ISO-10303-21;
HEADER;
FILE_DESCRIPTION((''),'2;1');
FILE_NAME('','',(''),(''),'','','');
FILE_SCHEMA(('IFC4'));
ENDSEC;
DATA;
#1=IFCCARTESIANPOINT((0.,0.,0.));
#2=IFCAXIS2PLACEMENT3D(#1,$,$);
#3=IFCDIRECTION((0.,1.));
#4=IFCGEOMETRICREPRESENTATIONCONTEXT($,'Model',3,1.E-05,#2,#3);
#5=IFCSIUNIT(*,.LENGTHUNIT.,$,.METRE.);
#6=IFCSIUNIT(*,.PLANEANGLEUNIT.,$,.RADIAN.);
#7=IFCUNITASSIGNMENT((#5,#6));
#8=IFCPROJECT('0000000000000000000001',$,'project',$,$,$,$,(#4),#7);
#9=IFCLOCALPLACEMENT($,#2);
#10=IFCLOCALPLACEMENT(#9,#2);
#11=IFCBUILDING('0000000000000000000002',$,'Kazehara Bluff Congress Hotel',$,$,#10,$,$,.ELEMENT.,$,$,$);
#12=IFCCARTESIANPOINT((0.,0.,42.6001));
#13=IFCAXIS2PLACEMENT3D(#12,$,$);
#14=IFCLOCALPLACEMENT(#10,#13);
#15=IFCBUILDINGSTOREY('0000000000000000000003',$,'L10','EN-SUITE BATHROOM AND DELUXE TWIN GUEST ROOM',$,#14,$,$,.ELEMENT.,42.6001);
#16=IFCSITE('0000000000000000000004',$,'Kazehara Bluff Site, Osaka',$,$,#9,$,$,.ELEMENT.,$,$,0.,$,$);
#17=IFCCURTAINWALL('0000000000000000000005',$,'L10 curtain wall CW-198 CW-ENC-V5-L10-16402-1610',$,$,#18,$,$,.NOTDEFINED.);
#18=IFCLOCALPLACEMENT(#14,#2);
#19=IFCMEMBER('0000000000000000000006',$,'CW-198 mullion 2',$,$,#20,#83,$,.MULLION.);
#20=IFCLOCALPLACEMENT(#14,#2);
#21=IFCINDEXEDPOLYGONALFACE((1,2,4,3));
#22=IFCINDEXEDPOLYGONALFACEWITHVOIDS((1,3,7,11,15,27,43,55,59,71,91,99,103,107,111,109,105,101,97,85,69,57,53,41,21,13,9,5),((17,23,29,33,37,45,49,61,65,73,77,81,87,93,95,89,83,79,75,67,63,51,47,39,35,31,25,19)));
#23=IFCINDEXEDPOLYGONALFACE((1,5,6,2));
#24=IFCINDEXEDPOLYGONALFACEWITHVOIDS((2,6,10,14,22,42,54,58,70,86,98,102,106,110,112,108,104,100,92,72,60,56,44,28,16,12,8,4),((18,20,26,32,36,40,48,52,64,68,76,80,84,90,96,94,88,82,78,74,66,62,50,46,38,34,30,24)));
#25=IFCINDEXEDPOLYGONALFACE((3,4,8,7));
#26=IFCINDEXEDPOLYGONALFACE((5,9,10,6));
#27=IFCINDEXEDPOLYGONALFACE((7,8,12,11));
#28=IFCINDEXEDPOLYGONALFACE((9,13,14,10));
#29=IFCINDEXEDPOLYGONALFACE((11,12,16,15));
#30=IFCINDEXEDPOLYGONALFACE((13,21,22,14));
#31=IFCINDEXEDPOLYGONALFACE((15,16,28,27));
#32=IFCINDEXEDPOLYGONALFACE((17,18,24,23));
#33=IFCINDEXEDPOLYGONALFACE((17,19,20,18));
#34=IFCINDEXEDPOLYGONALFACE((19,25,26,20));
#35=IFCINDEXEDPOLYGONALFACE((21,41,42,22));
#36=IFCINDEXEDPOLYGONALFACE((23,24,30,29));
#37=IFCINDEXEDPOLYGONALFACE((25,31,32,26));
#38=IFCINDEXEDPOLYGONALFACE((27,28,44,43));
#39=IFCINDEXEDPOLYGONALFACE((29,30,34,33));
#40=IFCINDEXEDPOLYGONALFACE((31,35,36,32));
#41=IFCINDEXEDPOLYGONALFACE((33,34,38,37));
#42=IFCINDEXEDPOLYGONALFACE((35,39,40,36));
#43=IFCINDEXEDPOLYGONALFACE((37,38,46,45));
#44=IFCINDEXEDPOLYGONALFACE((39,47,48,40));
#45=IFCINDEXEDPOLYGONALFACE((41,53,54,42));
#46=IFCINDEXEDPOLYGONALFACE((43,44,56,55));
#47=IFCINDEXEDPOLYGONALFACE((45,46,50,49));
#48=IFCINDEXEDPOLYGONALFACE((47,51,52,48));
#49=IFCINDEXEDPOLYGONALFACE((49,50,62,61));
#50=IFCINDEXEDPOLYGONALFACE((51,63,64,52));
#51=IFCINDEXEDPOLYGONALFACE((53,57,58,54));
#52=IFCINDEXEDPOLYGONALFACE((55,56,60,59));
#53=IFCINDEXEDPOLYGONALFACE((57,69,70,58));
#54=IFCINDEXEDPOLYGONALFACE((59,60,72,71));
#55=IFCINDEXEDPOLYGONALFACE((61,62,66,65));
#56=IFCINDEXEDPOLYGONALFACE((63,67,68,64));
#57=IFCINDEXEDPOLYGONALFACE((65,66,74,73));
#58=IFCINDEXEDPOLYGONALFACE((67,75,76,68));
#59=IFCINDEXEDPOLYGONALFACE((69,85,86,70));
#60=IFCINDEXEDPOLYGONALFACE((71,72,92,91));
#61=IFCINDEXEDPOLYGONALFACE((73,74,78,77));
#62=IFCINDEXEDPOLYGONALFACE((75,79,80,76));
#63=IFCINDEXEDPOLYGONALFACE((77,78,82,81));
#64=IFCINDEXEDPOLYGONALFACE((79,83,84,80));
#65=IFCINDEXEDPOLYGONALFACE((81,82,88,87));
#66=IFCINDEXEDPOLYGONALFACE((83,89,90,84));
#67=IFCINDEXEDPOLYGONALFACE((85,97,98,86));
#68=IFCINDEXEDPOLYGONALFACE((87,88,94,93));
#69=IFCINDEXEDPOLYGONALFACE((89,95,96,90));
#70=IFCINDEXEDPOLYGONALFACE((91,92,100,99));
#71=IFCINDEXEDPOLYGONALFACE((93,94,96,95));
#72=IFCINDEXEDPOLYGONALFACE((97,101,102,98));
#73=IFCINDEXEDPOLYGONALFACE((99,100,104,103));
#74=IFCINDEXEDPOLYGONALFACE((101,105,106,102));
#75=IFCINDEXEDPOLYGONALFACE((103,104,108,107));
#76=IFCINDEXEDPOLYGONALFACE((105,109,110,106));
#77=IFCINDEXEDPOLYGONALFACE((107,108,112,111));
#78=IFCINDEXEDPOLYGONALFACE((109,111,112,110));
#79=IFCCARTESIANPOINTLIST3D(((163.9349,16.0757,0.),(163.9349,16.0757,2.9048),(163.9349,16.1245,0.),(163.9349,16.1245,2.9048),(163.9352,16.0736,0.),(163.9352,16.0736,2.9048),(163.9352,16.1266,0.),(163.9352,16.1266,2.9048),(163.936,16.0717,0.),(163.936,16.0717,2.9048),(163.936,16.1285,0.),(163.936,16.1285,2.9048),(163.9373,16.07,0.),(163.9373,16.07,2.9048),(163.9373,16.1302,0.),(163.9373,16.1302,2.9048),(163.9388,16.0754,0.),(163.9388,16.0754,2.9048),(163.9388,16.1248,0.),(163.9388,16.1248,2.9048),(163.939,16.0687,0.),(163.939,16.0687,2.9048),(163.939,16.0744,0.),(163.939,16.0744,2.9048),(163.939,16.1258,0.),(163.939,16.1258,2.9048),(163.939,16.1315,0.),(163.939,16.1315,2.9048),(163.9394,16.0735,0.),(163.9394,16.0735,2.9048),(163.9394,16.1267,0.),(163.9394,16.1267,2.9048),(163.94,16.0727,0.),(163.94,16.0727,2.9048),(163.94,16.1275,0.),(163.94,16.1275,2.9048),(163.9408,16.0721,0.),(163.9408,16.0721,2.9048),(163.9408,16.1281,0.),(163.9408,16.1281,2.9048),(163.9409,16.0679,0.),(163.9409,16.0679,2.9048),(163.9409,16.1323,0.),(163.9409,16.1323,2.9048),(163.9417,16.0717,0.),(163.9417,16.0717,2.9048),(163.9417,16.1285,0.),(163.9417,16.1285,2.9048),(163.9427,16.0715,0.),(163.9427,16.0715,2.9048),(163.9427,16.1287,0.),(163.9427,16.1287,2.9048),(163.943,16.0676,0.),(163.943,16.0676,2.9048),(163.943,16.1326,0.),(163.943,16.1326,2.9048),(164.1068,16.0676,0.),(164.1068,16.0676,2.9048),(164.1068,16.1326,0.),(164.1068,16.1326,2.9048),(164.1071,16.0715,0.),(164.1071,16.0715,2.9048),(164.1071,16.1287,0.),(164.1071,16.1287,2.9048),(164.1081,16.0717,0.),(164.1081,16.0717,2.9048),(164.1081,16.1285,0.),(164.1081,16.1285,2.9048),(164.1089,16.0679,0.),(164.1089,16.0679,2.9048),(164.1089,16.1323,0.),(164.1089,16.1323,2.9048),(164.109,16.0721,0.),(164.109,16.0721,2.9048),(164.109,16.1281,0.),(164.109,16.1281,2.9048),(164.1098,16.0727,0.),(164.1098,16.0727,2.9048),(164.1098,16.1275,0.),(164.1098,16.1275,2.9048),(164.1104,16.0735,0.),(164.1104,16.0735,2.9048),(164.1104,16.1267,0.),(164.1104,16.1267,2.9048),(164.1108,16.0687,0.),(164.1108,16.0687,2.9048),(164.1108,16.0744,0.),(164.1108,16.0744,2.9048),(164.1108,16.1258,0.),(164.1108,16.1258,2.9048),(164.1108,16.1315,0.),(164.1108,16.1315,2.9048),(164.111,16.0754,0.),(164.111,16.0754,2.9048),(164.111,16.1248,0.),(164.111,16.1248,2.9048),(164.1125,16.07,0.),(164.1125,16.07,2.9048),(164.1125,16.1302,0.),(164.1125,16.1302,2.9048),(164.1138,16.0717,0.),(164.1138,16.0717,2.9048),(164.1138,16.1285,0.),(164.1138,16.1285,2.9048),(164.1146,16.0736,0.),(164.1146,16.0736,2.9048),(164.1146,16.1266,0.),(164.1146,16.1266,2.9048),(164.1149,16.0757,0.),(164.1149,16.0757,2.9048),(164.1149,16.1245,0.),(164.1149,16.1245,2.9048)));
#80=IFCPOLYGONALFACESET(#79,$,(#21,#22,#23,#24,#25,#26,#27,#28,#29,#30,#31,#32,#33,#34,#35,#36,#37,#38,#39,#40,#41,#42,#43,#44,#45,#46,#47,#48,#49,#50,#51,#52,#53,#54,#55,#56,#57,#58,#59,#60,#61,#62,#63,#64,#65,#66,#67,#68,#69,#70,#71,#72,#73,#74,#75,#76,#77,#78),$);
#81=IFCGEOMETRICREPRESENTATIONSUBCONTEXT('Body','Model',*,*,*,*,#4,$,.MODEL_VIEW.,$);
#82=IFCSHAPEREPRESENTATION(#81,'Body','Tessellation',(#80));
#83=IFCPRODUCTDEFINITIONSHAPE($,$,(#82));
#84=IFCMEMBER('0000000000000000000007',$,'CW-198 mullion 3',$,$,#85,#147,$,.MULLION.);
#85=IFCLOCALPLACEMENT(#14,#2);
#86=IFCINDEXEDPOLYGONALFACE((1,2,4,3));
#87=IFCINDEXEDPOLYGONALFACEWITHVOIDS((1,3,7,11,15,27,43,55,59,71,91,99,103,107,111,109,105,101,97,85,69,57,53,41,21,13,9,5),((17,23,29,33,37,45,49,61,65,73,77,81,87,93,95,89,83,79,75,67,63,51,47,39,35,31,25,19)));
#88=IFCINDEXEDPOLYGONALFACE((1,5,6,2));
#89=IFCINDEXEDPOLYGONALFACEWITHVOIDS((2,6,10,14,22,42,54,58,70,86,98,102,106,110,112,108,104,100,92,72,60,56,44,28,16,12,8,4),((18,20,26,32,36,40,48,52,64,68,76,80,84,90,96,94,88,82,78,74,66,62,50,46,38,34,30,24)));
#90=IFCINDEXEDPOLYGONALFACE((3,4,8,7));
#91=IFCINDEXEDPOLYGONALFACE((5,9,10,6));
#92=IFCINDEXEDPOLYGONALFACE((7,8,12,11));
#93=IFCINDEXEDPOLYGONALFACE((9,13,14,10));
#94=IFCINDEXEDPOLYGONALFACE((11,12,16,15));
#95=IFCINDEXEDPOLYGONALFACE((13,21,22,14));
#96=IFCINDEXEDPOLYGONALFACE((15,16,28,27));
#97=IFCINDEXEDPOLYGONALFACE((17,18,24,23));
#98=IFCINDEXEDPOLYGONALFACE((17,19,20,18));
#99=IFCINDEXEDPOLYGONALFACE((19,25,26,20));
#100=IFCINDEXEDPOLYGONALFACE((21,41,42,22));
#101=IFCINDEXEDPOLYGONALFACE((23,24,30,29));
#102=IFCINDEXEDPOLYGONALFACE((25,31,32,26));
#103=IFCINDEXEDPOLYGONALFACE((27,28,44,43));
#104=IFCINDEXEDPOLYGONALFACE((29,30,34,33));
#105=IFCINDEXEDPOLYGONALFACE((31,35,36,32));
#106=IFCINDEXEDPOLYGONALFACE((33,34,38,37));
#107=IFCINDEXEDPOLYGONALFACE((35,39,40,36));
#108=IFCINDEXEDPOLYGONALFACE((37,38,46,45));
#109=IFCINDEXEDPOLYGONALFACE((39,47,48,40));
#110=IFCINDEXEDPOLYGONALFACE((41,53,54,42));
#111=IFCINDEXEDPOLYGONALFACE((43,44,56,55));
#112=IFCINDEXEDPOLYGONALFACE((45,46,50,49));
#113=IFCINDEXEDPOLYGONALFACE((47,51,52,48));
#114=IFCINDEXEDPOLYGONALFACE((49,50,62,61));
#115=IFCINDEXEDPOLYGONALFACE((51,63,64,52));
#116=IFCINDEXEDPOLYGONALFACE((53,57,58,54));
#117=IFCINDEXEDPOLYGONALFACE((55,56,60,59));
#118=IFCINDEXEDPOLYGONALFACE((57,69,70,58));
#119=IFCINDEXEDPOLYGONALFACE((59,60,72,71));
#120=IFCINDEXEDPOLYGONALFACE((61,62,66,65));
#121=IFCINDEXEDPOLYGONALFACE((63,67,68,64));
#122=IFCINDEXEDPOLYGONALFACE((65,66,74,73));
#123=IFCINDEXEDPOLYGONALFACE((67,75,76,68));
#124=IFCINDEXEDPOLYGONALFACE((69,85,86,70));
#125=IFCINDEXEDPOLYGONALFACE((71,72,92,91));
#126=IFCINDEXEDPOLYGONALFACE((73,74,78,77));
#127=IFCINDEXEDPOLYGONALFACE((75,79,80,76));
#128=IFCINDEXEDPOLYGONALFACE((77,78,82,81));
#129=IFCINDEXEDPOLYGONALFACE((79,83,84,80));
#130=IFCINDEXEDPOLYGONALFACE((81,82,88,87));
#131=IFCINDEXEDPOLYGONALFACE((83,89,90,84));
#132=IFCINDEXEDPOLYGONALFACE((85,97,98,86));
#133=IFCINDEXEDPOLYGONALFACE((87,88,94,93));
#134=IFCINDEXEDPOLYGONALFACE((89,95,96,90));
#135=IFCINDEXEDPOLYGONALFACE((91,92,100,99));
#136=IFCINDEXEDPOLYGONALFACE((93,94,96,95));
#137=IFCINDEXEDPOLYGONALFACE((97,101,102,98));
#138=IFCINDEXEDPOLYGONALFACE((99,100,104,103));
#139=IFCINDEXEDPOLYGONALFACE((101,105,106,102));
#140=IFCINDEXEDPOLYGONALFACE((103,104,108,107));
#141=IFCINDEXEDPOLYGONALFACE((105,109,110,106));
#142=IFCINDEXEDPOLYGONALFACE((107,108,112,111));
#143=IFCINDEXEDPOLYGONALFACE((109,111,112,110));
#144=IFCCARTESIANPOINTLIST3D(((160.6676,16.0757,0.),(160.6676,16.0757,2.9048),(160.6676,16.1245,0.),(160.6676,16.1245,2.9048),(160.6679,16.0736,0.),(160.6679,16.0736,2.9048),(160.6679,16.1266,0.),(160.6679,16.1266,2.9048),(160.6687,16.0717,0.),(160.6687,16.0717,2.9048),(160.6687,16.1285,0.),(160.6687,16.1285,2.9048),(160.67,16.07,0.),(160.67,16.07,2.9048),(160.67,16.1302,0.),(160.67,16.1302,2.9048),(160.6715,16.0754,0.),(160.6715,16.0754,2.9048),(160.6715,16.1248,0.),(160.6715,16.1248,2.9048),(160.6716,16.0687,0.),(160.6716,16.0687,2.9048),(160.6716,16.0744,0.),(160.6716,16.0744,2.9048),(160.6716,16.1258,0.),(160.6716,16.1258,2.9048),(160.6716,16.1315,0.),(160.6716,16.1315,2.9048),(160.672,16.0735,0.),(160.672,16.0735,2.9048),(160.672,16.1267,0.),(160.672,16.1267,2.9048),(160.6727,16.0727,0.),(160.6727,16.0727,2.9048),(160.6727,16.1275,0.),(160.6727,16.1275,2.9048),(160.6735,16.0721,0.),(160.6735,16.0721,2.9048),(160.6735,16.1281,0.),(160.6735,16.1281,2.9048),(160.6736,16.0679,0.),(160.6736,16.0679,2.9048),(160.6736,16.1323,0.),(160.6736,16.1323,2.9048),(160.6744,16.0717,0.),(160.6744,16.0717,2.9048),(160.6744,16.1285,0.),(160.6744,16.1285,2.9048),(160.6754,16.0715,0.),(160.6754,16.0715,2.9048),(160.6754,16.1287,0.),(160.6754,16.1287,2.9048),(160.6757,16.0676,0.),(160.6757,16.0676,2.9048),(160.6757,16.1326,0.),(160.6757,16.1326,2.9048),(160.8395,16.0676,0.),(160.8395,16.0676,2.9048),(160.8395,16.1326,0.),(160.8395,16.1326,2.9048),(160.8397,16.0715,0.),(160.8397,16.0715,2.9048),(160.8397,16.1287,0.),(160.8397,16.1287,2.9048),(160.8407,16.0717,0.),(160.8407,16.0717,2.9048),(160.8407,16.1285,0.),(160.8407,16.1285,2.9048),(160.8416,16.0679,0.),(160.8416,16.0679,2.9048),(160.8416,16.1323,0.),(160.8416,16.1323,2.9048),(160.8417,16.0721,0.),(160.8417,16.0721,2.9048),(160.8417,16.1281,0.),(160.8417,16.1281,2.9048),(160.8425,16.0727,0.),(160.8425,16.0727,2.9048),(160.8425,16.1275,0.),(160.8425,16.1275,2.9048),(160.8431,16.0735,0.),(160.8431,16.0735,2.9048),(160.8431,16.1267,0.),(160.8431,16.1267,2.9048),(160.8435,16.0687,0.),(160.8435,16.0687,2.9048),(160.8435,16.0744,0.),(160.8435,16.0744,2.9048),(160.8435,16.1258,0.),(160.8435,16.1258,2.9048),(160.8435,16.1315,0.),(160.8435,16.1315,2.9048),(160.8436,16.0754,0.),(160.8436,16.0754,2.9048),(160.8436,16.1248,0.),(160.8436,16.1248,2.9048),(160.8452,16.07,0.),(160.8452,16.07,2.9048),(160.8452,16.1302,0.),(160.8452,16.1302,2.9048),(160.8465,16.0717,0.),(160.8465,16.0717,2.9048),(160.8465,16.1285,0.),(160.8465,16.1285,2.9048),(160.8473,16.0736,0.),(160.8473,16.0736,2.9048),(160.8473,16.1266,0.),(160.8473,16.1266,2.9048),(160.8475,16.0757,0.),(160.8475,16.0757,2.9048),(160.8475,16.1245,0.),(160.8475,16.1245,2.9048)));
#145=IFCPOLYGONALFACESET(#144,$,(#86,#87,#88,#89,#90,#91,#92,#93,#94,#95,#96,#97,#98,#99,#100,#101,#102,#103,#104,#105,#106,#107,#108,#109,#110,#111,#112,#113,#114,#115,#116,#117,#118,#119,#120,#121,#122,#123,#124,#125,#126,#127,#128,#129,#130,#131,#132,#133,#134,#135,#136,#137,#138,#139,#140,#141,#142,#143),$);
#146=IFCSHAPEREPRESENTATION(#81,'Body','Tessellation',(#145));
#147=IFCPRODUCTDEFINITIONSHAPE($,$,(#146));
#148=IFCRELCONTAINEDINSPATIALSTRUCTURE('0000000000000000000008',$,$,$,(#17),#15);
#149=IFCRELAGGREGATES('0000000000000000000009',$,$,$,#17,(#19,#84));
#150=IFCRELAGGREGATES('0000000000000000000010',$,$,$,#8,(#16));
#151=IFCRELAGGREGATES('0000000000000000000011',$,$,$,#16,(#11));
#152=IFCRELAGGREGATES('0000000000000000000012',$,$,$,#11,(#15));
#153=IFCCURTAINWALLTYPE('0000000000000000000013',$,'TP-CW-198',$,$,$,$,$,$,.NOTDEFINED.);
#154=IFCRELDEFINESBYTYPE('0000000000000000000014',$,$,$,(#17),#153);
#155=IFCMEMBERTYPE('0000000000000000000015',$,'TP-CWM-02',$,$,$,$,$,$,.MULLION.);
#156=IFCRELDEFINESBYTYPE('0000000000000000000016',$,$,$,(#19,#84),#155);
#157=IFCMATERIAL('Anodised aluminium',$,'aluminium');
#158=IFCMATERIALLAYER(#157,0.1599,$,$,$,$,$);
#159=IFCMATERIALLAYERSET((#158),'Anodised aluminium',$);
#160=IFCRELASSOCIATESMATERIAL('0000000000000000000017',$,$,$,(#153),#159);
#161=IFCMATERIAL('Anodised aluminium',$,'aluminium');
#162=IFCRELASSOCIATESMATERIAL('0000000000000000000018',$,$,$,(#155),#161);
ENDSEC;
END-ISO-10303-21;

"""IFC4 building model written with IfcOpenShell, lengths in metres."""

from ifc_helpers import new_model, si_unit, direction, frame, origin, origin_2d, place, context, subcontext, project, spatial, hollow_rectangle, extrude, material, layer, layer_set, material_profile, profile_set, type_object, element, aggregate, save


model = new_model("IFC4")

# Units and contexts
model_context = context("Model", 3, precision=1e-05, world=origin(), true_north=direction((0.0, 1.0)))
body_context = subcontext(model_context, "Body", "Model", "MODEL_VIEW")
ifc_project = project(units=[si_unit("LENGTHUNIT", "METRE"), si_unit("PLANEANGLEUNIT", "RADIAN")], contexts=[model_context])

# Site, building, storey
site_placement = place(None, origin())
site = spatial("IfcSite", under=ifc_project, at=site_placement, Name="Kazehara Bluff Site, Osaka", CompositionType="ELEMENT", RefElevation=0.0)
building_placement = place(site_placement, origin())
building = spatial("IfcBuilding", under=site, at=building_placement, Name="Kazehara Bluff Congress Hotel", CompositionType="ELEMENT")
storey_placement = place(building_placement, frame((0.0, 0.0, 42.6001)))
storey = spatial("IfcBuildingStorey", under=building, at=storey_placement, Name="L10", Description="EN-SUITE BATHROOM AND DELUXE TWIN GUEST ROOM", CompositionType="ELEMENT", Elevation=42.6001)

# Curtain wall, members
ifc_material_1 = material(Name="Anodised aluminium", Category="aluminium")
ifc_layer_1 = layer(ifc_material_1, 0.1599)
ifc_layer_set_1 = layer_set([ifc_layer_1], Name="Anodised aluminium")
curtain_wall_type_1 = type_object("IfcCurtainWallType", Name="TP-CW-198", PredefinedType="NOTDEFINED", material=ifc_layer_set_1)
curtain_wall_1_placement = place(storey_placement, origin())
curtain_wall_1 = element("IfcCurtainWall", 1, at=curtain_wall_1_placement, inside=storey, type_object=curtain_wall_type_1, Name="L10 curtain wall CW-198 CW-ENC-V5-L10-16402-1610", PredefinedType="NOTDEFINED")
ifc_material_2 = material(Name="Anodised aluminium", Category="aluminium")
ifc_material_profile_1 = material_profile(ifc_material_2, hollow_rectangle(XDim=0.0649, YDim=0.1799, WallThickness=0.0039, InnerFilletRadius=0.0039, OuterFilletRadius=0.0081, at=origin_2d()))
ifc_profile_set_1 = profile_set([ifc_material_profile_1], Name="Anodised aluminium")
member_type_1 = type_object("IfcMemberType", Name="TP-CWM-02", PredefinedType="MULLION", material=ifc_profile_set_1)
member_1_placement = place(storey_placement, frame((164.0249, 16.1001, 0.0), z_axis=(0.0, 0.0, 1.0), x_axis=(0.0, -1.0, 0.0)))
member_1 = element("IfcMember", 2, at=member_1_placement, type_object=member_type_1, Name="CW-198 mullion 2", PredefinedType="MULLION", context=body_context, shape_type="SweptSolid", body=[
    extrude(hollow_rectangle(XDim=0.0649, YDim=0.1799, WallThickness=0.0039, InnerFilletRadius=0.0039, OuterFilletRadius=0.0081, at=origin_2d()), origin(), (0.0, 0.0, 1.0), 2.9048),
])
member_2_placement = place(storey_placement, frame((160.7576, 16.1001, 0.0), z_axis=(0.0, 0.0, 1.0), x_axis=(0.0, -1.0, 0.0)))
member_2 = element("IfcMember", 3, at=member_2_placement, type_object=member_type_1, Name="CW-198 mullion 3", PredefinedType="MULLION", context=body_context, shape_type="SweptSolid", body=[
    extrude(hollow_rectangle(XDim=0.0649, YDim=0.1799, WallThickness=0.0039, InnerFilletRadius=0.0039, OuterFilletRadius=0.0081, at=origin_2d()), origin(), (0.0, 0.0, 1.0), 2.9048),
])

aggregate(curtain_wall_1, [member_1, member_2])

save(model, "model.ifc")
